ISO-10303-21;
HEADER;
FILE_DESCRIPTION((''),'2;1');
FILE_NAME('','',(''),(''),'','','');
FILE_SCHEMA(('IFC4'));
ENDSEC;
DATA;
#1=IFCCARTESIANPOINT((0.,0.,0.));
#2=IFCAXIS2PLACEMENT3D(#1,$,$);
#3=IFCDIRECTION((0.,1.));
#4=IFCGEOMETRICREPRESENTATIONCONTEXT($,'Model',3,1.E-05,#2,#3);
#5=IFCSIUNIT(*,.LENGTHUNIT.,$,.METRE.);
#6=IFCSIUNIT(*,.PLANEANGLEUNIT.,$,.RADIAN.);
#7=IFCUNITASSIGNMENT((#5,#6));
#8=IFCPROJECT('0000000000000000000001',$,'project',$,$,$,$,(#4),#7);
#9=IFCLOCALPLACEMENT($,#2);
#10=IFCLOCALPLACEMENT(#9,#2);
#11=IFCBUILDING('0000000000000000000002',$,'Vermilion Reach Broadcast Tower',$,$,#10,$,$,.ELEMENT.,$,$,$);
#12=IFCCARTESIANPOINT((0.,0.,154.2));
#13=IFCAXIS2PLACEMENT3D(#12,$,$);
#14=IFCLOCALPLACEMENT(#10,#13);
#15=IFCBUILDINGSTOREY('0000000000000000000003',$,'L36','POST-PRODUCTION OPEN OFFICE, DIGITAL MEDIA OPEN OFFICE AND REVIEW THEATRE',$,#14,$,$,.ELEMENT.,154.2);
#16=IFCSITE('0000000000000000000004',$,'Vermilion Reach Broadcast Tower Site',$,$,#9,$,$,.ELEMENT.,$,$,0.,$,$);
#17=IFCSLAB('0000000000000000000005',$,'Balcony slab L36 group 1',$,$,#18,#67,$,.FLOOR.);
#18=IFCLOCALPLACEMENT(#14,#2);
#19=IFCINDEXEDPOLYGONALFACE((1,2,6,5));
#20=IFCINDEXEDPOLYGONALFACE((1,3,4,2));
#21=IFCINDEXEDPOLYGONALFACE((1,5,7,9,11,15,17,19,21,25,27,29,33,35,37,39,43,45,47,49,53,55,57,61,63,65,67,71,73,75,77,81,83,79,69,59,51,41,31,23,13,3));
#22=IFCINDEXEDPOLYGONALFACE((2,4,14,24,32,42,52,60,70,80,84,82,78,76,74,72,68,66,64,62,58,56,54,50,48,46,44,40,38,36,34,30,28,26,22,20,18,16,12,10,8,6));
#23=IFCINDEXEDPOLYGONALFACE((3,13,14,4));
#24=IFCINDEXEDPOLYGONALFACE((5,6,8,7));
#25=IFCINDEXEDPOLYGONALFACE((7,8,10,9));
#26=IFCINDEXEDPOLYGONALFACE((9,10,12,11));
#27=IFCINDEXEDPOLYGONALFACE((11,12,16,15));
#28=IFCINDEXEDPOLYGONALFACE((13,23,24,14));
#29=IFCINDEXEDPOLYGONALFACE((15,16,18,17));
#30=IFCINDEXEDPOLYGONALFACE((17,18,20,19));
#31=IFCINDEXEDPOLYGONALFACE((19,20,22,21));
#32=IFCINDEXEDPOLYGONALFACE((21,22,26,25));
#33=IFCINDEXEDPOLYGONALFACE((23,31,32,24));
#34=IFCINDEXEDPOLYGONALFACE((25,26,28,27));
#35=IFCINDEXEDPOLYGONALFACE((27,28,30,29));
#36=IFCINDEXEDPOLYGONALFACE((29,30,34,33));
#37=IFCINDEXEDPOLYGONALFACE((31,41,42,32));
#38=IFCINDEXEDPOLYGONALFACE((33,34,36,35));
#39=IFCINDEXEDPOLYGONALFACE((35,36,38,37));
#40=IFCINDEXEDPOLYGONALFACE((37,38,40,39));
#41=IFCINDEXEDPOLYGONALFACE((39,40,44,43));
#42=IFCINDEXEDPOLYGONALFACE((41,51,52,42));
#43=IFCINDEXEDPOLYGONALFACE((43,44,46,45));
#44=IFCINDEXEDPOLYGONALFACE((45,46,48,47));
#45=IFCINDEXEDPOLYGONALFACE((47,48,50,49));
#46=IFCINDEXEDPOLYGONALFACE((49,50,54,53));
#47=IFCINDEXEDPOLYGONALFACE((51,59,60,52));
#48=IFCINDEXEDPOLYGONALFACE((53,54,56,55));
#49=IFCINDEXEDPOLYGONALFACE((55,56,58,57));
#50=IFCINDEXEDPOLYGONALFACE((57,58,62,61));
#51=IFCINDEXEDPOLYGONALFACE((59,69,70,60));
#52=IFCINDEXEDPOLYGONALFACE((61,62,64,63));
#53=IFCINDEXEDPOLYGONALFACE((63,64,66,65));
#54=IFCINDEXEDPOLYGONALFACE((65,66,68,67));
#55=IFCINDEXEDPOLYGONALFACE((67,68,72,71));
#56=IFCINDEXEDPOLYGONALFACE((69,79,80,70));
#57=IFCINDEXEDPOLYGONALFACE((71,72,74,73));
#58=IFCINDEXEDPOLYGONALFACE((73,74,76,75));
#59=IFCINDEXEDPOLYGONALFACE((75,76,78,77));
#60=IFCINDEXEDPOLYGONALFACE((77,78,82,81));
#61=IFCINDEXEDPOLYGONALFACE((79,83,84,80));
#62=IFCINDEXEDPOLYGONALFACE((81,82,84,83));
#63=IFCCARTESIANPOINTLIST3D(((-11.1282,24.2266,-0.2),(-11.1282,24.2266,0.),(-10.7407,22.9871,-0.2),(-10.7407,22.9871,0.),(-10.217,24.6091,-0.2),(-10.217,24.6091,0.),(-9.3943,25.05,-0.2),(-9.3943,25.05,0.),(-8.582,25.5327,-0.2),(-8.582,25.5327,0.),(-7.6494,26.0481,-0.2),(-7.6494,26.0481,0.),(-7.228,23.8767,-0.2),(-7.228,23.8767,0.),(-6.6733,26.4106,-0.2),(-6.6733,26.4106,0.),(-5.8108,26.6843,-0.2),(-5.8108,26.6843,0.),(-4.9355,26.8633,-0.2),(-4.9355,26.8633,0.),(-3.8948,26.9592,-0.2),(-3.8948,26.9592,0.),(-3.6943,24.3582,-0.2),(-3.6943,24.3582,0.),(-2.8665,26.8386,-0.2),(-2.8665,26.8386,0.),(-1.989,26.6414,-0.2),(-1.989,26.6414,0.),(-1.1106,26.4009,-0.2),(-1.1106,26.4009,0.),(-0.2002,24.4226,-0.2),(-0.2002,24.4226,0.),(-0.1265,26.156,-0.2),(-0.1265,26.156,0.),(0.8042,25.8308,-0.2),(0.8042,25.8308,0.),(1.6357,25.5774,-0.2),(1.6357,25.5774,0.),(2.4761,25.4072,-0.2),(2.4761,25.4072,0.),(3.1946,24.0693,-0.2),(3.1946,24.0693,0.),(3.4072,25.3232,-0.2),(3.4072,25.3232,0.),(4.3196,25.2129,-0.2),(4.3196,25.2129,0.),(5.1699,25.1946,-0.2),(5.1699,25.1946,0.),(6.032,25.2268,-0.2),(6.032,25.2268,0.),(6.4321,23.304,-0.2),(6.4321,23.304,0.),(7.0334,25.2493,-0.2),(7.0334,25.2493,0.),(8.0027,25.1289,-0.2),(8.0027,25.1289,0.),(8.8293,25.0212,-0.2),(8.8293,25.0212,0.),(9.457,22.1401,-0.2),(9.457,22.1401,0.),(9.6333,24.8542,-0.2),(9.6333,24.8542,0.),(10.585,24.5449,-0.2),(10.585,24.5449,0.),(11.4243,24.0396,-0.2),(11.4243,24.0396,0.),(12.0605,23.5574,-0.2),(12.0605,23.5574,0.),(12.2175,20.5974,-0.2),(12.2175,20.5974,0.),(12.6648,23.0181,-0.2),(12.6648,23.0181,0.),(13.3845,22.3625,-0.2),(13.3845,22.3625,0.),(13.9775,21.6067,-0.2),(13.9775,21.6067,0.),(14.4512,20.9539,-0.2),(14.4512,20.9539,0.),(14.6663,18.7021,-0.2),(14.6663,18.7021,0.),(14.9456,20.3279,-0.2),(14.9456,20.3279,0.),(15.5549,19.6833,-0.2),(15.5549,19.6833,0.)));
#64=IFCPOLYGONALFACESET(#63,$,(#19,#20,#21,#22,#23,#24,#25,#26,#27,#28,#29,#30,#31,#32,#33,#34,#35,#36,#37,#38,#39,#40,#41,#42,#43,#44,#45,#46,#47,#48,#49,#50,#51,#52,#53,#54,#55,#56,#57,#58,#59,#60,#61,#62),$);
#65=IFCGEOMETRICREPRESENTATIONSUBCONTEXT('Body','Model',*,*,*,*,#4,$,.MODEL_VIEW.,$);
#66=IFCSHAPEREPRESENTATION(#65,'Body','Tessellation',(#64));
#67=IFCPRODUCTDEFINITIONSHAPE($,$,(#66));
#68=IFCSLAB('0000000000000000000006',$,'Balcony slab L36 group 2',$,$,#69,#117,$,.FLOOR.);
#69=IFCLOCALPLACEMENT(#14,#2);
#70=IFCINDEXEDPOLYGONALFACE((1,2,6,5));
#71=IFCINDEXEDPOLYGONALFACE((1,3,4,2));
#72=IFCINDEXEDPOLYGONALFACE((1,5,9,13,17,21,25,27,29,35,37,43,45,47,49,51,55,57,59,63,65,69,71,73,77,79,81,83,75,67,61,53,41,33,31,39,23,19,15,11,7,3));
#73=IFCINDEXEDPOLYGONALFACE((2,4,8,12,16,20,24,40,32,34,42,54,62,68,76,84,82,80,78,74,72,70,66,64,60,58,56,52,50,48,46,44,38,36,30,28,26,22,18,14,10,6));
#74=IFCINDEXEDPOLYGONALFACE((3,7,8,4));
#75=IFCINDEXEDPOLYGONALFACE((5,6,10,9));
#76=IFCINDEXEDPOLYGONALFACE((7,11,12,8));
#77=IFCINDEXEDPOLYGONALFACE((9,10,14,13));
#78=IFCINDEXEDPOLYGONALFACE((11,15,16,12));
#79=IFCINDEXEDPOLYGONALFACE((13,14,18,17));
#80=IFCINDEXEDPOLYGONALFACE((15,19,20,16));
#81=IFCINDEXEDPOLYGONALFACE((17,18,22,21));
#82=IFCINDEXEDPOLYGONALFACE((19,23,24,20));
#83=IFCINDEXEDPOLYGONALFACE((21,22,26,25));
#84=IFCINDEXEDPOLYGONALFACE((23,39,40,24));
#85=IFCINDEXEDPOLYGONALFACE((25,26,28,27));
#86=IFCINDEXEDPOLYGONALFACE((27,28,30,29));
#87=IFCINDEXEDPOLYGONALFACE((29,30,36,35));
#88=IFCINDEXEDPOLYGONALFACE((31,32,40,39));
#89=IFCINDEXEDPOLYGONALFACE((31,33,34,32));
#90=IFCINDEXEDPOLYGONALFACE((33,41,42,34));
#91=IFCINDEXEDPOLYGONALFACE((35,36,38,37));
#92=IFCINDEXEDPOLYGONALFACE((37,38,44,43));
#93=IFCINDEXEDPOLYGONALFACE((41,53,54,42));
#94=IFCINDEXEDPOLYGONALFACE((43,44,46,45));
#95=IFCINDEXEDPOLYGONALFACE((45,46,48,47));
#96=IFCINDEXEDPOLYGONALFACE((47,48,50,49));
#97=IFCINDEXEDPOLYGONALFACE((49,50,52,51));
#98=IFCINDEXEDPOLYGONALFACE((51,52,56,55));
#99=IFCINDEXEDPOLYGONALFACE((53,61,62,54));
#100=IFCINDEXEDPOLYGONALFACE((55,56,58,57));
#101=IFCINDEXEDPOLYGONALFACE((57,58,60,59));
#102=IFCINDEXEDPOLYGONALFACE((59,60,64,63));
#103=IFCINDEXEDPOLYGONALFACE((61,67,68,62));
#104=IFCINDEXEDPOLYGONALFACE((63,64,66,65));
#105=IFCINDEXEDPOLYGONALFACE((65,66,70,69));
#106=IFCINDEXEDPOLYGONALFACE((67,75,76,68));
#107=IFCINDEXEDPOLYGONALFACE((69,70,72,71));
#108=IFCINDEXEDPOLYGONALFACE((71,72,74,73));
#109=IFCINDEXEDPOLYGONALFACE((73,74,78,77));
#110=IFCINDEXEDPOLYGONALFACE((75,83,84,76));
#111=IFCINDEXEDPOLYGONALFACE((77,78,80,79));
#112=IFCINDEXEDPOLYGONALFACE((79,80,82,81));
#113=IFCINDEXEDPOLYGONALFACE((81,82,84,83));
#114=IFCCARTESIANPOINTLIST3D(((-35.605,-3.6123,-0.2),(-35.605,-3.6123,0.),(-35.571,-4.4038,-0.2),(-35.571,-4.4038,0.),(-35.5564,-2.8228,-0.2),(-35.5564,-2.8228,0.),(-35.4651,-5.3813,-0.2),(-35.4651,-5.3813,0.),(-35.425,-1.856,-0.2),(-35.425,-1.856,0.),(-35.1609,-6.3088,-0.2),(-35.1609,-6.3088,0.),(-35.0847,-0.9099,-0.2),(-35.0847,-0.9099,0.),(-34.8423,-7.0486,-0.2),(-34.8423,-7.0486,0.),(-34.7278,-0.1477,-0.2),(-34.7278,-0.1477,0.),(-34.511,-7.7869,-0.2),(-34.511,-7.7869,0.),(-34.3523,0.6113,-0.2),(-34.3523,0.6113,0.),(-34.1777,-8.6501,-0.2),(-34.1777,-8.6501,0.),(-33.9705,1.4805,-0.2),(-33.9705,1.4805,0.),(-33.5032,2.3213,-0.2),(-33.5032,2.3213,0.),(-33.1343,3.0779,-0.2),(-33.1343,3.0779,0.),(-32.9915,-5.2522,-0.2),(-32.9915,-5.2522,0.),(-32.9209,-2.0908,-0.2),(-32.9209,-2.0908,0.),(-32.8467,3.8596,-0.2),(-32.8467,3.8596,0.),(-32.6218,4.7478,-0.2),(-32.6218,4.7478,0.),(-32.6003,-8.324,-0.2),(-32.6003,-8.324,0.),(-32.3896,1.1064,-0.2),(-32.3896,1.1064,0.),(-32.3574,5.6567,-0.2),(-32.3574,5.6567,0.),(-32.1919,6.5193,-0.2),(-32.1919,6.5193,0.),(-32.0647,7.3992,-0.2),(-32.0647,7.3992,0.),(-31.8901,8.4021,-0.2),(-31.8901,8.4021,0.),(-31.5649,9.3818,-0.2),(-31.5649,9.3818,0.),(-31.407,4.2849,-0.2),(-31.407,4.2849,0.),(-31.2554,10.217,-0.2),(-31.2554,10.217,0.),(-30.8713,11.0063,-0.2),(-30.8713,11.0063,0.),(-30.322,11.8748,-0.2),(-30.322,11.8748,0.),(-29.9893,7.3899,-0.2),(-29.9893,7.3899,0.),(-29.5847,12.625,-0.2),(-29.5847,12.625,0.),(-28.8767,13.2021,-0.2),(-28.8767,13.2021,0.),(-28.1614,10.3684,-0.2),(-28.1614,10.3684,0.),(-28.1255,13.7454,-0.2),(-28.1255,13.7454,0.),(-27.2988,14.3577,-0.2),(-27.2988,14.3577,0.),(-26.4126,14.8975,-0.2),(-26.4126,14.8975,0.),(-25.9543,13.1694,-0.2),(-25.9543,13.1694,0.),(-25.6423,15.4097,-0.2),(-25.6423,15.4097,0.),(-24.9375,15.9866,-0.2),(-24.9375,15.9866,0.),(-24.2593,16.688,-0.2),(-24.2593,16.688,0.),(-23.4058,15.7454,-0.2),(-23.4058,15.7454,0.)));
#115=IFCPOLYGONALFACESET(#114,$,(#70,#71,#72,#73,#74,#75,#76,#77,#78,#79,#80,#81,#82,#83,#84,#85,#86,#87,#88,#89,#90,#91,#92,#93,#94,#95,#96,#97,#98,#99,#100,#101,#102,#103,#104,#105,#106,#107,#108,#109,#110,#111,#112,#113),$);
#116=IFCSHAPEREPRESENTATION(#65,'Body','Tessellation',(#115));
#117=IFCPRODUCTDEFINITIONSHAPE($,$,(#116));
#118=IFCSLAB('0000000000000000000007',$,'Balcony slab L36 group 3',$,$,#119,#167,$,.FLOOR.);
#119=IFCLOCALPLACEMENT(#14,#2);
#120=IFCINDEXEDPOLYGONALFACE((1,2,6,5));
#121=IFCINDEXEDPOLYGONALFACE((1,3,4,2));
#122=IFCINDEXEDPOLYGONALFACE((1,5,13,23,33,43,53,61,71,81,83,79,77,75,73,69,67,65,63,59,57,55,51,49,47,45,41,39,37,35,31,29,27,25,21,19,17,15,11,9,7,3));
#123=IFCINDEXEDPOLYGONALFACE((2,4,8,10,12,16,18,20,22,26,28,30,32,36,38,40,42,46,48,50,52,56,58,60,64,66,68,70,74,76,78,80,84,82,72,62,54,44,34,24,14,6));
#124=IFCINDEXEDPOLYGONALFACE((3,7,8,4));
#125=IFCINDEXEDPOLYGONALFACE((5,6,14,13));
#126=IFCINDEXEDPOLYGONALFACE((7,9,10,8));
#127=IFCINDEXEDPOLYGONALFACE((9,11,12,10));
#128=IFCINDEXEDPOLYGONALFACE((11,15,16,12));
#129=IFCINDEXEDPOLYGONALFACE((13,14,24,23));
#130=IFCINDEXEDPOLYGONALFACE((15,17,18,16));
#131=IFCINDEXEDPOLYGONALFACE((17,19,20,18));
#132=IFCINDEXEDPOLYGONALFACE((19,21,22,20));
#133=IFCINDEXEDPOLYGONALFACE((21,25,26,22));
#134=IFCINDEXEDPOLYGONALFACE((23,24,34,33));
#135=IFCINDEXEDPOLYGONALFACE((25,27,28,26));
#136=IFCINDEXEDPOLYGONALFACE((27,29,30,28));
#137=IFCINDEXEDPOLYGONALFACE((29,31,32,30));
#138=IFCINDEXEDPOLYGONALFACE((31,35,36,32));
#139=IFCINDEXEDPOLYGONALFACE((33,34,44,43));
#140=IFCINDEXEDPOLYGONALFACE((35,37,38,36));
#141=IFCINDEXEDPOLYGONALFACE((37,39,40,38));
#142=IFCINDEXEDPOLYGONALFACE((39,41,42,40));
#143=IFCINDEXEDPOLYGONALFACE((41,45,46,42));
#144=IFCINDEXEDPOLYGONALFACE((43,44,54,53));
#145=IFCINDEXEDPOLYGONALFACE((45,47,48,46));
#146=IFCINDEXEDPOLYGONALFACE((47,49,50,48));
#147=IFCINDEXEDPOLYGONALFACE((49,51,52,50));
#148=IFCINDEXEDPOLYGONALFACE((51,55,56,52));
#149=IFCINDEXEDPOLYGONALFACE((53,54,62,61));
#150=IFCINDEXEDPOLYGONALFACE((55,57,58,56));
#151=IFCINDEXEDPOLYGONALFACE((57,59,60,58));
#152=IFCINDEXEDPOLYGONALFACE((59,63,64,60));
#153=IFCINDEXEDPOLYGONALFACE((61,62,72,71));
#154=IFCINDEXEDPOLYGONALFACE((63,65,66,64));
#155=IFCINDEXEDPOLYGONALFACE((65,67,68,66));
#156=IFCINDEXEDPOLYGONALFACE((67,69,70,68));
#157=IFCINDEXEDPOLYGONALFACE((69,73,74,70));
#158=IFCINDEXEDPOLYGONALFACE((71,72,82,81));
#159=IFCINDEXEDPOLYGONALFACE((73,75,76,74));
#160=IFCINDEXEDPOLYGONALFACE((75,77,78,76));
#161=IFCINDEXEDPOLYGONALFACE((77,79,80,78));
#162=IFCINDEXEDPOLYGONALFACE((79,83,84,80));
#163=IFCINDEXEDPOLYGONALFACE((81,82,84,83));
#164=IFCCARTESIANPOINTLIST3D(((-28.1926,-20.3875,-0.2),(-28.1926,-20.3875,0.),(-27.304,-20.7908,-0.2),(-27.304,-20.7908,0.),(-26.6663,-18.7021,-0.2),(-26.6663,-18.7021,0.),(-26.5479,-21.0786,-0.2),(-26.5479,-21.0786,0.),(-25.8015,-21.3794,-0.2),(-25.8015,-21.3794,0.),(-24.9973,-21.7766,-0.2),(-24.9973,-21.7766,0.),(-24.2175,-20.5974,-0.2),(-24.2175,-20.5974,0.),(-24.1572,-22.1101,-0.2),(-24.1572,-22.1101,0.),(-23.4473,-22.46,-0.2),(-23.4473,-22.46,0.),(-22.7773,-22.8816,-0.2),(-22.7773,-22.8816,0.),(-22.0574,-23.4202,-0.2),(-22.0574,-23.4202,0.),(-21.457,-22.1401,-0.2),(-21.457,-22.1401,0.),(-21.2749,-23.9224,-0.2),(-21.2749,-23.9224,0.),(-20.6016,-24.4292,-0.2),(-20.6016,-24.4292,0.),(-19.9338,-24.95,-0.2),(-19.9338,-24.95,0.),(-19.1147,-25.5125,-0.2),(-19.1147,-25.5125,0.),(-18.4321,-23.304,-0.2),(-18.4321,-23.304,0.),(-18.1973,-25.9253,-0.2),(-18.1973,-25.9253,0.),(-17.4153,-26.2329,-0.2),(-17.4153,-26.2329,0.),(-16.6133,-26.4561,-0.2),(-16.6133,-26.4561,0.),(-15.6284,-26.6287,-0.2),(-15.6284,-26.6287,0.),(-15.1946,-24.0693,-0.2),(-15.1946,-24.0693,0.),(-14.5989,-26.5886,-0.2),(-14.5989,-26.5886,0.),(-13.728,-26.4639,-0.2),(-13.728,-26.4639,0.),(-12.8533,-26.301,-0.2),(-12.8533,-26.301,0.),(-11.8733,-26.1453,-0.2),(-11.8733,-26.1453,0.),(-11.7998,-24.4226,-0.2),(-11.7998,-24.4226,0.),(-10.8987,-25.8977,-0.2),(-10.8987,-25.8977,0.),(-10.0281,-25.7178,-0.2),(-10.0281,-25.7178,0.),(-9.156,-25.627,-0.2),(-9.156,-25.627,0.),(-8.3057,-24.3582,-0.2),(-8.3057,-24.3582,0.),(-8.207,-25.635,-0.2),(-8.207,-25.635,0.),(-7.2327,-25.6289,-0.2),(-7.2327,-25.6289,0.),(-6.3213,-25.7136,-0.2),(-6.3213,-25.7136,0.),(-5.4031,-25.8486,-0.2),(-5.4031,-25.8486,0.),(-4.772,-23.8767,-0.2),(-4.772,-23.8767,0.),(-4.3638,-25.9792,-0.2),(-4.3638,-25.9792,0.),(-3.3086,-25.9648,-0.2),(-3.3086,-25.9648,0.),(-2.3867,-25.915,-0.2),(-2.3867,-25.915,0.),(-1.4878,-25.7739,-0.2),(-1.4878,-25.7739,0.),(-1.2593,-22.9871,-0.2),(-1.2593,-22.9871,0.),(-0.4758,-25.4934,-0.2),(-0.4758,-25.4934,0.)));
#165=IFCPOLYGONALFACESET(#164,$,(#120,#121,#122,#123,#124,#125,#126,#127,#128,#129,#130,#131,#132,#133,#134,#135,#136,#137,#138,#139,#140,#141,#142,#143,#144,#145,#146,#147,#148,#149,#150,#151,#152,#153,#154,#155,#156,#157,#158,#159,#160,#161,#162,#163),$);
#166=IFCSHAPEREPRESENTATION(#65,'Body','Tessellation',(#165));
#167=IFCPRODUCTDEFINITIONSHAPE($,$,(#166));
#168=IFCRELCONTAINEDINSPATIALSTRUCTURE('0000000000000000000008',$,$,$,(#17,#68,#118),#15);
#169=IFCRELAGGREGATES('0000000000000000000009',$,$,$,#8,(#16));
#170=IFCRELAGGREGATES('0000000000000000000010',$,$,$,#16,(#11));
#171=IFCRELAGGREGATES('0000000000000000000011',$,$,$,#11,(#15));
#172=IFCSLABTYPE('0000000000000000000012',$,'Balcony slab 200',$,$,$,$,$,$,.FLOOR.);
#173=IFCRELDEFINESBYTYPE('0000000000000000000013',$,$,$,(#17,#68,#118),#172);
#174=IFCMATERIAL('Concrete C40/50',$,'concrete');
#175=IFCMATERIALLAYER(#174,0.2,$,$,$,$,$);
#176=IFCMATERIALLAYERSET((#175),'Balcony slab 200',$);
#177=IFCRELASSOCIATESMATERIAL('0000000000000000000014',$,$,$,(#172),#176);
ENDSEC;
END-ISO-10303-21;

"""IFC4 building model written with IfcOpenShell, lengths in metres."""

from ifc_helpers import new_model, si_unit, direction, frame, origin, place, context, subcontext, project, spatial, polyline, outline, extrude, material, layer, layer_set, type_object, element, save


model = new_model("IFC4")

# Units and contexts
model_context = context("Model", 3, precision=1e-05, world=origin(), true_north=direction((0.0, 1.0)))
body_context = subcontext(model_context, "Body", "Model", "MODEL_VIEW")
ifc_project = project(units=[si_unit("LENGTHUNIT", "METRE"), si_unit("PLANEANGLEUNIT", "RADIAN")], contexts=[model_context])

# Site, building, storey
site_placement = place(None, origin())
site = spatial("IfcSite", under=ifc_project, at=site_placement, Name="Vermilion Reach Broadcast Tower Site", CompositionType="ELEMENT", RefElevation=0.0)
building_placement = place(site_placement, origin())
building = spatial("IfcBuilding", under=site, at=building_placement, Name="Vermilion Reach Broadcast Tower", CompositionType="ELEMENT")
storey_placement = place(building_placement, frame((0.0, 0.0, 154.2)))
storey = spatial("IfcBuildingStorey", under=building, at=storey_placement, Name="L36", Description="POST-PRODUCTION OPEN OFFICE, DIGITAL MEDIA OPEN OFFICE AND REVIEW THEATRE", CompositionType="ELEMENT", Elevation=154.2)

# Slabs
ifc_material_1 = material(Name="Concrete C40/50", Category="concrete")
ifc_layer_1 = layer(ifc_material_1, 0.2)
ifc_layer_set_1 = layer_set([ifc_layer_1], Name="Balcony slab 200")
slab_type_1 = type_object("IfcSlabType", Name="Balcony slab 200", PredefinedType="FLOOR", material=ifc_layer_set_1)
placement_1 = place(storey_placement, frame((0.0, 0.0, -0.2)))
element("IfcSlab", 1, at=placement_1, inside=storey, type_object=slab_type_1, Name="Balcony slab L36 group 1", PredefinedType="FLOOR", context=body_context, shape_type="SweptSolid", body=[
    extrude(outline(polyline([(14.6663, 18.7021), (12.2175, 20.5974), (9.457, 22.1401), (6.4321, 23.304), (3.1946, 24.0693), (-0.2002, 24.4226), (-3.6943, 24.3582), (-7.228, 23.8767), (-10.7407, 22.9871), (-11.1282, 24.2266), (-10.217, 24.6091), (-9.3943, 25.05), (-8.582, 25.5327), (-7.6494, 26.0481), (-6.6733, 26.4106), (-5.8108, 26.6843), (-4.9355, 26.8633), (-3.8948, 26.9592), (-2.8665, 26.8386), (-1.989, 26.6414), (-1.1106, 26.4009), (-0.1265, 26.156), (0.8042, 25.8308), (1.6357, 25.5774), (2.4761, 25.4072), (3.4072, 25.3232), (4.3196, 25.2129), (5.1699, 25.1946), (6.032, 25.2268), (7.0334, 25.2493), (8.0027, 25.1289), (8.8293, 25.0212), (9.6333, 24.8542), (10.585, 24.5449), (11.4243, 24.0396), (12.0605, 23.5574), (12.6648, 23.0181), (13.3845, 22.3625), (13.9775, 21.6067), (14.4512, 20.9539), (14.9456, 20.3279), (15.5549, 19.6833), (14.6663, 18.7021)])), origin(), (0.0, 0.0, 1.0), 0.2),
])
element("IfcSlab", 2, at=placement_1, inside=storey, type_object=slab_type_1, Name="Balcony slab L36 group 2", PredefinedType="FLOOR", context=body_context, shape_type="SweptSolid", body=[
    extrude(outline(polyline([(-23.4058, 15.7454), (-25.9543, 13.1694), (-28.1614, 10.3684), (-29.9893, 7.3899), (-31.407, 4.2849), (-32.3896, 1.1064), (-32.9209, -2.0908), (-32.9915, -5.2522), (-32.6003, -8.324), (-34.1777, -8.6501), (-34.511, -7.7869), (-34.8423, -7.0486), (-35.1609, -6.3088), (-35.4651, -5.3813), (-35.571, -4.4038), (-35.605, -3.6123), (-35.5564, -2.8228), (-35.425, -1.856), (-35.0847, -0.9099), (-34.7278, -0.1477), (-34.3523, 0.6113), (-33.9705, 1.4805), (-33.5032, 2.3213), (-33.1343, 3.0779), (-32.8467, 3.8596), (-32.6218, 4.7478), (-32.3574, 5.6567), (-32.1919, 6.5193), (-32.0647, 7.3992), (-31.8901, 8.4021), (-31.5649, 9.3818), (-31.2554, 10.217), (-30.8713, 11.0063), (-30.322, 11.8748), (-29.5847, 12.625), (-28.8767, 13.2021), (-28.1255, 13.7454), (-27.2988, 14.3577), (-26.4126, 14.8975), (-25.6423, 15.4097), (-24.9375, 15.9866), (-24.2593, 16.688), (-23.4058, 15.7454)])), origin(), (0.0, 0.0, 1.0), 0.2),
])
element("IfcSlab", 3, at=placement_1, inside=storey, type_object=slab_type_1, Name="Balcony slab L36 group 3", PredefinedType="FLOOR", context=body_context, shape_type="SweptSolid", body=[
    extrude(outline(polyline([(-26.6663, -18.7021), (-24.2175, -20.5974), (-21.457, -22.1401), (-18.4321, -23.304), (-15.1946, -24.0693), (-11.7998, -24.4226), (-8.3057, -24.3582), (-4.772, -23.8767), (-1.2593, -22.9871), (-0.4758, -25.4934), (-1.4878, -25.7739), (-2.3867, -25.915), (-3.3086, -25.9648), (-4.3638, -25.9792), (-5.4031, -25.8486), (-6.3213, -25.7136), (-7.2327, -25.6289), (-8.207, -25.635), (-9.156, -25.627), (-10.0281, -25.7178), (-10.8987, -25.8977), (-11.8733, -26.1453), (-12.8533, -26.301), (-13.728, -26.4639), (-14.5989, -26.5886), (-15.6284, -26.6287), (-16.6133, -26.4561), (-17.4153, -26.2329), (-18.1973, -25.9253), (-19.1147, -25.5125), (-19.9338, -24.95), (-20.6016, -24.4292), (-21.2749, -23.9224), (-22.0574, -23.4202), (-22.7773, -22.8816), (-23.4473, -22.46), (-24.1572, -22.1101), (-24.9973, -21.7766), (-25.8015, -21.3794), (-26.5479, -21.0786), (-27.304, -20.7908), (-28.1926, -20.3875), (-26.6663, -18.7021)])), origin(), (0.0, 0.0, 1.0), 0.2),
])

save(model, "model.ifc")
